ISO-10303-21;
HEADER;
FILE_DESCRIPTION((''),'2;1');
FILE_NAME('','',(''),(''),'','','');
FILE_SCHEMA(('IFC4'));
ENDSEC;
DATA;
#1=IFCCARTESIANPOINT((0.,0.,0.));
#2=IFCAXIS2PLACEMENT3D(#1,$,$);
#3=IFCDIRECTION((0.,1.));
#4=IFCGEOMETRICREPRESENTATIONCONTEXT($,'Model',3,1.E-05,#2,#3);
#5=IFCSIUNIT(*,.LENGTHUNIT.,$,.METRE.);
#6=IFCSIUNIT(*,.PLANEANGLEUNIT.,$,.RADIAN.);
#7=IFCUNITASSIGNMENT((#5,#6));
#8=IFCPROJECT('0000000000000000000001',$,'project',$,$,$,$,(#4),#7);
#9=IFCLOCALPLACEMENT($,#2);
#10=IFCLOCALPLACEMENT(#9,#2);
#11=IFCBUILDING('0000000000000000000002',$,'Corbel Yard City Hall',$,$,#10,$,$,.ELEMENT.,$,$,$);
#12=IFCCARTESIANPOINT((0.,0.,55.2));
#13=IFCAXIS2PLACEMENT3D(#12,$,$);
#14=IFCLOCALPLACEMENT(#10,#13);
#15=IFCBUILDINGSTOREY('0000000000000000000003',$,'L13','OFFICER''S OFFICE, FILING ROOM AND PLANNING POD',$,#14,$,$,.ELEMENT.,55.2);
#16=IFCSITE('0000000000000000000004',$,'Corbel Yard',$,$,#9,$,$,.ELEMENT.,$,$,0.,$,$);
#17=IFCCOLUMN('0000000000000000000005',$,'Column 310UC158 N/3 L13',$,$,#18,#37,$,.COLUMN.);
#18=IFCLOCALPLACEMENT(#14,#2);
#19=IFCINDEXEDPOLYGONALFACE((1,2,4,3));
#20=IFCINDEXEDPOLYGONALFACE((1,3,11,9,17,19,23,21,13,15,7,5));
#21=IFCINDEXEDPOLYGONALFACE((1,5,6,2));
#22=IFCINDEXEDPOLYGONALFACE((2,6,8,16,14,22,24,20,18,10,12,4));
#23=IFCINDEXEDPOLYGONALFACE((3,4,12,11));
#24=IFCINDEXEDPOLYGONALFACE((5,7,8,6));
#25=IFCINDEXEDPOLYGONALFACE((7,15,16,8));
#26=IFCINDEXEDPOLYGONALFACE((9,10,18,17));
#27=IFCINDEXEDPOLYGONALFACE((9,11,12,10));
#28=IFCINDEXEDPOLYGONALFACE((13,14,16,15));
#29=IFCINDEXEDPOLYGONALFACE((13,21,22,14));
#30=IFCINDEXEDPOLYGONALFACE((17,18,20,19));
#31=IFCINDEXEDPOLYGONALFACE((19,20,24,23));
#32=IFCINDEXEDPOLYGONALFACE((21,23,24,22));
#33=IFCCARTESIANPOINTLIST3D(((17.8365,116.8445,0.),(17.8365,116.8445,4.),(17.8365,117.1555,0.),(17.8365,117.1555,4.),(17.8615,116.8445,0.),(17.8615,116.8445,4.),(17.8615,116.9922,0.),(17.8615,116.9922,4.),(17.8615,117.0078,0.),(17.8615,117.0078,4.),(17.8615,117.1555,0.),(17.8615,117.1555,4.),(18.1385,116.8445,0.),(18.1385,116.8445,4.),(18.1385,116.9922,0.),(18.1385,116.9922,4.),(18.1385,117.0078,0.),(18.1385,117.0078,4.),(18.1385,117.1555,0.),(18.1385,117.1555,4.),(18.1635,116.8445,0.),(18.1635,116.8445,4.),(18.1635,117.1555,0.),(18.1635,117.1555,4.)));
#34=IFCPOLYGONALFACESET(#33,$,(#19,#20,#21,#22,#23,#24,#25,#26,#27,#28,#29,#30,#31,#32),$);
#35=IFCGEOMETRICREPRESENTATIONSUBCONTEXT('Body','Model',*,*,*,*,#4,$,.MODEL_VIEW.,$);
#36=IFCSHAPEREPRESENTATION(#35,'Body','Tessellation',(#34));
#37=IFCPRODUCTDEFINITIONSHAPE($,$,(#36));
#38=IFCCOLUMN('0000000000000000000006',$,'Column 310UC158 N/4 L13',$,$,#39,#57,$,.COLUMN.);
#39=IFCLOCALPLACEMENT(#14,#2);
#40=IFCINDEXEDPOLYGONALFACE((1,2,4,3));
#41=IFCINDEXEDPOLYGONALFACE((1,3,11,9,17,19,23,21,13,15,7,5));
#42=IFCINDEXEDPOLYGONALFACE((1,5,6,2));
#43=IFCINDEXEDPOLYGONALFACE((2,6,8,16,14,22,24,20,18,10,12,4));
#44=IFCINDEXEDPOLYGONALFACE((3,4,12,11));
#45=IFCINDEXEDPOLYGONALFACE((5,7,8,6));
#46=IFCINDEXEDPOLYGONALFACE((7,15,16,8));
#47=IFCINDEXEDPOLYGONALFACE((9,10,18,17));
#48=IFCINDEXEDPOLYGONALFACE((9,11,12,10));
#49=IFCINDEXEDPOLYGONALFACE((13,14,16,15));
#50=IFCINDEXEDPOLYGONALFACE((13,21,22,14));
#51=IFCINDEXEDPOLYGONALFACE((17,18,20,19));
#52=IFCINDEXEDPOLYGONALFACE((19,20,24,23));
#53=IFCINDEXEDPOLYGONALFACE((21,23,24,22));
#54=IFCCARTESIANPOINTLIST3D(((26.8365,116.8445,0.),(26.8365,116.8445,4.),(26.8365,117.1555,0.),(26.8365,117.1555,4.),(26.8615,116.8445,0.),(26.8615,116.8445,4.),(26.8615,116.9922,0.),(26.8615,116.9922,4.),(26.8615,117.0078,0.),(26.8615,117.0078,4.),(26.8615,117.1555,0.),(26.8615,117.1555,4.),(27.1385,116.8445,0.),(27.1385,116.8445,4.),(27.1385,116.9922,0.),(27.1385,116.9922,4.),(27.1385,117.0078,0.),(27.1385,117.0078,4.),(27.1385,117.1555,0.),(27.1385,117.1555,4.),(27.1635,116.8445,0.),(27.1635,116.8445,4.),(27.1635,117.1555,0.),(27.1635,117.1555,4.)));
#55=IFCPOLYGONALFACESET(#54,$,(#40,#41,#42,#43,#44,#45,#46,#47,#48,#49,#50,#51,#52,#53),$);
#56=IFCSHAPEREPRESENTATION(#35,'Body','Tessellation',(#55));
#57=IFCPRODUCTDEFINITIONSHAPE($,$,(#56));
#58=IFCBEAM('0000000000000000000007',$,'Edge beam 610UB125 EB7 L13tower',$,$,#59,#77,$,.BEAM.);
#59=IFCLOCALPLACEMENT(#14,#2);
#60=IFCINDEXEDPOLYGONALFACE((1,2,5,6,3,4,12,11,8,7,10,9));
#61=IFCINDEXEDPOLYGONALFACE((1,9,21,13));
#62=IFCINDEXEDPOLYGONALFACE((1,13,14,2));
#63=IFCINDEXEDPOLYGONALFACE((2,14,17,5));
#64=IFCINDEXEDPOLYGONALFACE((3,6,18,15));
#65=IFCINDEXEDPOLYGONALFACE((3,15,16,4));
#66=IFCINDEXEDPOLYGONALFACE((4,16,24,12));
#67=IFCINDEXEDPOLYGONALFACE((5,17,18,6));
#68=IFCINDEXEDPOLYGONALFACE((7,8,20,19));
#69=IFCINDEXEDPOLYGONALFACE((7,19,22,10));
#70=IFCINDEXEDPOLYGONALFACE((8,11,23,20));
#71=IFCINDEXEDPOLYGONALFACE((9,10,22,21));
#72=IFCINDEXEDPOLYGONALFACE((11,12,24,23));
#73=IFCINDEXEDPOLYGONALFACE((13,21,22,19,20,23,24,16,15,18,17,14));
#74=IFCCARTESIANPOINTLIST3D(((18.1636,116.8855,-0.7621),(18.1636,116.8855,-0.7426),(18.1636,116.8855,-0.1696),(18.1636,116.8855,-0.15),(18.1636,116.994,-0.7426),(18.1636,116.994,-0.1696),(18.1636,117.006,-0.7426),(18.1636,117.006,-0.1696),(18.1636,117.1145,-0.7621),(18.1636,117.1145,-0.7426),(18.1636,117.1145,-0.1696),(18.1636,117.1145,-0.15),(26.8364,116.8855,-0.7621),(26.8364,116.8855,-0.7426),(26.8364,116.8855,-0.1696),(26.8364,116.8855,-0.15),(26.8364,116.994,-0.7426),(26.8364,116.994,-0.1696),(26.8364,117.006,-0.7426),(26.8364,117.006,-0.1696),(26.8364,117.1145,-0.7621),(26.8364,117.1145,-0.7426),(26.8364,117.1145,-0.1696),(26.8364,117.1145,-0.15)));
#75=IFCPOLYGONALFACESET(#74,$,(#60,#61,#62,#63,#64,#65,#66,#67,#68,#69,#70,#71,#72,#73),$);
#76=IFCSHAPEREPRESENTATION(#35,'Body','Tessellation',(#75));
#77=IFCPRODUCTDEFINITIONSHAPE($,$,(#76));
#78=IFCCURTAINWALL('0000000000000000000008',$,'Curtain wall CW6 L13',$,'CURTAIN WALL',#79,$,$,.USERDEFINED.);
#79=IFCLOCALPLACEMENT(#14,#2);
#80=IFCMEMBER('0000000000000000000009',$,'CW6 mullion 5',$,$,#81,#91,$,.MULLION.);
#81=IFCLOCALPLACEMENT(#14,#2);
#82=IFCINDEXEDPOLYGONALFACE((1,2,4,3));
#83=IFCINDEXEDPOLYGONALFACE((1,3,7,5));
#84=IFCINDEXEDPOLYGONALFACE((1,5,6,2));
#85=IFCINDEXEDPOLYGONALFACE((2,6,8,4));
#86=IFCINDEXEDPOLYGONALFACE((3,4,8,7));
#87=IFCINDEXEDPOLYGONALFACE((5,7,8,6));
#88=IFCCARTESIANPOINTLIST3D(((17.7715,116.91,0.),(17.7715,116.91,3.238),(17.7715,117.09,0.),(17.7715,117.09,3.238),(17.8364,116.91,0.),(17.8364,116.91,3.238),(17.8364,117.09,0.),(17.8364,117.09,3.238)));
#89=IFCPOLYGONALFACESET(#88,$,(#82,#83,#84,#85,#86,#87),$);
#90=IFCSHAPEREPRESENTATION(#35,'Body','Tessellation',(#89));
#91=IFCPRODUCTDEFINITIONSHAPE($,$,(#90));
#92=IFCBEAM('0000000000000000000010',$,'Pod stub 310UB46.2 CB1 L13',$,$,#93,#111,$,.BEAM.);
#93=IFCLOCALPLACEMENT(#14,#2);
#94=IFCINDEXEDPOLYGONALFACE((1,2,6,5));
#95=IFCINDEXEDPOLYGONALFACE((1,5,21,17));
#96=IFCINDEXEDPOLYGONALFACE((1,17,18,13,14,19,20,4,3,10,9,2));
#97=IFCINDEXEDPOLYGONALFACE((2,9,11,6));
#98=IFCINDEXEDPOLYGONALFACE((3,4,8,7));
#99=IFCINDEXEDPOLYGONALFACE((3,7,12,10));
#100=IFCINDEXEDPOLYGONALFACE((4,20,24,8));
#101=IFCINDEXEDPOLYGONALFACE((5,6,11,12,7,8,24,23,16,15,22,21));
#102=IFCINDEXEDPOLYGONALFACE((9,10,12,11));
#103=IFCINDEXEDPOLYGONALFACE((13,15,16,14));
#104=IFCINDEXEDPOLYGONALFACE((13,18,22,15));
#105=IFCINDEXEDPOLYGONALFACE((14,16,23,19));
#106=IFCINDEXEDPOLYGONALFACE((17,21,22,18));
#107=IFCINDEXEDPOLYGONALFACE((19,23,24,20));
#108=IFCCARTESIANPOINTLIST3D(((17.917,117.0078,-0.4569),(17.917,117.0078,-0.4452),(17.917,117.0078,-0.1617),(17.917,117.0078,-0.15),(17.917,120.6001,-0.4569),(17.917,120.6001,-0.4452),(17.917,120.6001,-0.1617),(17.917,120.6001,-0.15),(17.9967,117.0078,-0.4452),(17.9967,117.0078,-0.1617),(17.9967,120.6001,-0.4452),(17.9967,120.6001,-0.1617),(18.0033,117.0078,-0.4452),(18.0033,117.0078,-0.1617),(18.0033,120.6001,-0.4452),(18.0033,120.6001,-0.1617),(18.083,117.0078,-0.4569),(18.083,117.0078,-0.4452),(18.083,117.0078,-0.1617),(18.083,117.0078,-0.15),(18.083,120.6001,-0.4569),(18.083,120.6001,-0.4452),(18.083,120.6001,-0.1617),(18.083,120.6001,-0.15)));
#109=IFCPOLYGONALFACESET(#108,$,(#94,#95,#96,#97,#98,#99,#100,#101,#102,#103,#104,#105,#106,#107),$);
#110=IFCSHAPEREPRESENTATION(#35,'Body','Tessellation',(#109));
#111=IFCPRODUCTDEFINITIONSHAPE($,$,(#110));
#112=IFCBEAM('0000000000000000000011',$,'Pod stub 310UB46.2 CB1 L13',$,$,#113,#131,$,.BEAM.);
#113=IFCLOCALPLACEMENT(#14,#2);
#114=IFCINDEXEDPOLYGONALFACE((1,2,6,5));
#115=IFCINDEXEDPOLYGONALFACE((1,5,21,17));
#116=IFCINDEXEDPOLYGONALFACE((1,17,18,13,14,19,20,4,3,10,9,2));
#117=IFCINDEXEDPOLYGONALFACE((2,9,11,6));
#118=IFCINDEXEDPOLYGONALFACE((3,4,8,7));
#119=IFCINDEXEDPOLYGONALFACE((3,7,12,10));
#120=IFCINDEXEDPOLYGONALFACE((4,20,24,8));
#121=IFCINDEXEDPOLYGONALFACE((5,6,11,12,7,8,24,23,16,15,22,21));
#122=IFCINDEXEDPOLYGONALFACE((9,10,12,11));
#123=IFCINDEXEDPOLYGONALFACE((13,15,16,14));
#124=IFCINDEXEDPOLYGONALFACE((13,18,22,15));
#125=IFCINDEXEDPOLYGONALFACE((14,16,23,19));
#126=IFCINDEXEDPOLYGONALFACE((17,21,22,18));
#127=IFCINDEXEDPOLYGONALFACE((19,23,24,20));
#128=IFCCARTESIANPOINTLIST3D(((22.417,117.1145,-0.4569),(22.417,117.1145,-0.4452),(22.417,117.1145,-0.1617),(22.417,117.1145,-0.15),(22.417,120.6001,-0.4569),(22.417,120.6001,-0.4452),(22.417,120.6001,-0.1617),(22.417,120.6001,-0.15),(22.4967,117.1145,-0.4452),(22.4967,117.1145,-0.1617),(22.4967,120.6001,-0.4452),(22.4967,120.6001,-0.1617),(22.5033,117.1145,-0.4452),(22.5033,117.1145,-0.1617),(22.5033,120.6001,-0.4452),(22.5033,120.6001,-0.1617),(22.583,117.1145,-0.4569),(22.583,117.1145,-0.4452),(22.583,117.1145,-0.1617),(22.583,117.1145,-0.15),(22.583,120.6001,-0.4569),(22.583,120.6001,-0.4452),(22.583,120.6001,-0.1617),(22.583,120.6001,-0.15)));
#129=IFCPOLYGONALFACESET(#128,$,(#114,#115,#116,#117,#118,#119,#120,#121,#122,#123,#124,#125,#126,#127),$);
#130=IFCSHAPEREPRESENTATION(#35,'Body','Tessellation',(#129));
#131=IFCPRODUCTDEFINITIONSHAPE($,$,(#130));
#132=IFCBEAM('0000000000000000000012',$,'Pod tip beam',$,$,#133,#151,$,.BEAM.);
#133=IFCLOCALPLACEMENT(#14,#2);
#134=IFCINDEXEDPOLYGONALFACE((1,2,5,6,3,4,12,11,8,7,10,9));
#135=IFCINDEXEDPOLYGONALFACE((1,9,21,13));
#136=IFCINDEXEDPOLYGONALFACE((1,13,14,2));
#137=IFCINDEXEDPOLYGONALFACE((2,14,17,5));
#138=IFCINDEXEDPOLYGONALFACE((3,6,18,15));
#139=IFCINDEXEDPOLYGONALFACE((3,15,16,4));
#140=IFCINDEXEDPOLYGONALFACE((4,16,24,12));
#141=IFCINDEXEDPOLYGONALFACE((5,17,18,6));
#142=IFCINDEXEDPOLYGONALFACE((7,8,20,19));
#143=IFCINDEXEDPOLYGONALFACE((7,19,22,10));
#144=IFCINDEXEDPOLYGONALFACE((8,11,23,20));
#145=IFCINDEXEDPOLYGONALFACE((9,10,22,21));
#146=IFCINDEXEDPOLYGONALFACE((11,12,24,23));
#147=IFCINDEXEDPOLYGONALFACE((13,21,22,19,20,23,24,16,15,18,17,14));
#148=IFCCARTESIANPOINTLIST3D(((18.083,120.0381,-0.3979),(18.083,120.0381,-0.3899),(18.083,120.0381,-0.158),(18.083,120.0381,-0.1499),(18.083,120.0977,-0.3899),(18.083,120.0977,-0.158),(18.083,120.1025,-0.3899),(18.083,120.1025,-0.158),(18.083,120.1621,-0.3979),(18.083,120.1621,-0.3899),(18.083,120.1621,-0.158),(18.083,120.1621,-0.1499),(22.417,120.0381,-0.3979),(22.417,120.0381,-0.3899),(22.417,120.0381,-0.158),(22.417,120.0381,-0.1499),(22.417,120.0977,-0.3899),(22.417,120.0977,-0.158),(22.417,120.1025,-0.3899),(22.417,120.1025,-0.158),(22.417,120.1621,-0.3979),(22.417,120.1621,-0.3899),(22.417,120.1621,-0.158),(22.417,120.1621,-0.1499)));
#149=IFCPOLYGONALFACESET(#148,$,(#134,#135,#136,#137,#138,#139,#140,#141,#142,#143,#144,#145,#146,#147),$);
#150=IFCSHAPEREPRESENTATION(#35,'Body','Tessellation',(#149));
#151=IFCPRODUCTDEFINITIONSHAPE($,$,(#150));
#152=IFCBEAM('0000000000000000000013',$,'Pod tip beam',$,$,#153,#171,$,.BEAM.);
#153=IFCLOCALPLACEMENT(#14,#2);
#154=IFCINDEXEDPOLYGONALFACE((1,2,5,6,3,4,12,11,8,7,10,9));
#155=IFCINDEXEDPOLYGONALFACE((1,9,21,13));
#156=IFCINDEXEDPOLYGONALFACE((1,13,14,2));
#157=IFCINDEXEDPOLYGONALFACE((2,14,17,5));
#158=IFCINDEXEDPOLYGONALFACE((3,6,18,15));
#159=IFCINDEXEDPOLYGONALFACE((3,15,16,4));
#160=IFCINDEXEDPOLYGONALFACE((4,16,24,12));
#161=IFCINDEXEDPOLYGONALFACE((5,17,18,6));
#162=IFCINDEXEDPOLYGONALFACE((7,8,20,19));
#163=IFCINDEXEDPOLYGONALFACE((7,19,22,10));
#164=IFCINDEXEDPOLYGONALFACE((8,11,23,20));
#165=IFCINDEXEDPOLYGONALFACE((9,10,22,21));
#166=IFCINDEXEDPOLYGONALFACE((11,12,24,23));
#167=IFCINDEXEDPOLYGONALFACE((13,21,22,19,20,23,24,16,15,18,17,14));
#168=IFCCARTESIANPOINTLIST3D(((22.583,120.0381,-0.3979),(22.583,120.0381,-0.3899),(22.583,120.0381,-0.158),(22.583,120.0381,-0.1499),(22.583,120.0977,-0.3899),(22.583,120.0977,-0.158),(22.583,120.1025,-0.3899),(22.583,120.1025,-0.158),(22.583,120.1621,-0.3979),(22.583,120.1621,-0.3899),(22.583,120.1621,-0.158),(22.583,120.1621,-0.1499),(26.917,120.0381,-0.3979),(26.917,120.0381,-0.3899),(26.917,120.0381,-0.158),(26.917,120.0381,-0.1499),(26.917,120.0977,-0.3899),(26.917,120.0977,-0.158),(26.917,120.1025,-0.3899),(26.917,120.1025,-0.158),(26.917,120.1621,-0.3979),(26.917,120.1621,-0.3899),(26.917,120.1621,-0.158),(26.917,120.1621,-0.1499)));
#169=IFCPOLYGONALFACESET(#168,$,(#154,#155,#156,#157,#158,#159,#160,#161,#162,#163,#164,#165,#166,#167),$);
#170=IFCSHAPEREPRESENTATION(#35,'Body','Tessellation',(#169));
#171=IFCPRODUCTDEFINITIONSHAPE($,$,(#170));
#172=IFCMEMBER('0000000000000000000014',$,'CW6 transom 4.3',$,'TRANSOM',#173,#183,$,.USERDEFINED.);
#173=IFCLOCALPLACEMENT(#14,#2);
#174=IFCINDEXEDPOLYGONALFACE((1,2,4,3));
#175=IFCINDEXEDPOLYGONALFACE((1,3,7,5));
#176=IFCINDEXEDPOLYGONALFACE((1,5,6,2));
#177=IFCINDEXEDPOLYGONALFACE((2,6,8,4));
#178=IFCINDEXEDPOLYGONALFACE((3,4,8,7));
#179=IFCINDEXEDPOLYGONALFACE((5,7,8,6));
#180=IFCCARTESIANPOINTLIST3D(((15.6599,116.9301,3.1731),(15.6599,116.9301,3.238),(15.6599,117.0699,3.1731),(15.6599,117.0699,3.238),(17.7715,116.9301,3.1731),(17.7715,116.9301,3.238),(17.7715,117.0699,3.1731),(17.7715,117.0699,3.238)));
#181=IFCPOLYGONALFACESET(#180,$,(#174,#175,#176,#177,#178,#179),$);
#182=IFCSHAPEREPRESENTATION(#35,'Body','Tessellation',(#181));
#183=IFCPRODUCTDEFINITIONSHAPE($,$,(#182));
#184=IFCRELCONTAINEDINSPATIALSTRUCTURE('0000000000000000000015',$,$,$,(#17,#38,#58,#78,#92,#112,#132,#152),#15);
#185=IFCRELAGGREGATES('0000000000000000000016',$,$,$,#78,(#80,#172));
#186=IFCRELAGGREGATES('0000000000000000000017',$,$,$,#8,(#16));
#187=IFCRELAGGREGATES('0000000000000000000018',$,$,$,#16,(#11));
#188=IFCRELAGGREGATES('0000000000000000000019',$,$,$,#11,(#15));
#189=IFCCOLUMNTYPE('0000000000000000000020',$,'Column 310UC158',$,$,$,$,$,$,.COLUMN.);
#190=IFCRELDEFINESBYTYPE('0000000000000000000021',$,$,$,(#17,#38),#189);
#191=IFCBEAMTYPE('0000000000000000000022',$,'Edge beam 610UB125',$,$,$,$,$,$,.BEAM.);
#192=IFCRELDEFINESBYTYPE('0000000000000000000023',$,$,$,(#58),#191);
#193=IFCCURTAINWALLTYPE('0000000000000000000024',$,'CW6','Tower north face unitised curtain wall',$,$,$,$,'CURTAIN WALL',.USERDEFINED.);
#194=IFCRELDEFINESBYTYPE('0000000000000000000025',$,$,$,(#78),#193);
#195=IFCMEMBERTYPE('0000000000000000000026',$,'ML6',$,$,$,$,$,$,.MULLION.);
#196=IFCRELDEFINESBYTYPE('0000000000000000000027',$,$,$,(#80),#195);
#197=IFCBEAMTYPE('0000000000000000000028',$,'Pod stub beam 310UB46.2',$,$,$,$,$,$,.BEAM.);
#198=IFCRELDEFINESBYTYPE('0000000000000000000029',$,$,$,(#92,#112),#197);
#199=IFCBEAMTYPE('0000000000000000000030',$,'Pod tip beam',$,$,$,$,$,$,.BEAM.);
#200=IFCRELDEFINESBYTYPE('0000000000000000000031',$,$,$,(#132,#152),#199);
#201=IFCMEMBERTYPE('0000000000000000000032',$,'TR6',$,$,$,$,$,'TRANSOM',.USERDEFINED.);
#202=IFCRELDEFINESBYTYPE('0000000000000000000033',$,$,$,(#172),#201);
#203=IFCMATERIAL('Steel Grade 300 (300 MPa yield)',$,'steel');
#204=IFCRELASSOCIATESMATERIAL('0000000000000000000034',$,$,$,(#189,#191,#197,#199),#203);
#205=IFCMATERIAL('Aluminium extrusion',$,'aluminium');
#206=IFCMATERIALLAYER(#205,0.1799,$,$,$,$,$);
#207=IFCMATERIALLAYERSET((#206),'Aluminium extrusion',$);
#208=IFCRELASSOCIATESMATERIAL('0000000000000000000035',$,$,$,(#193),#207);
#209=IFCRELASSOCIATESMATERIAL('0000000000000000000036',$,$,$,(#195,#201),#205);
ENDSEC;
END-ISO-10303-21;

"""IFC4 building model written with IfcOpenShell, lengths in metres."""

from ifc_helpers import new_model, si_unit, direction, frame, origin, origin_2d, place, context, subcontext, project, spatial, rectangle, i_section, extrude, material, layer, layer_set, material_profile, profile_set, type_object, element, aggregate, save


model = new_model("IFC4")

# Units and contexts
model_context = context("Model", 3, precision=1e-05, world=origin(), true_north=direction((0.0, 1.0)))
body_context = subcontext(model_context, "Body", "Model", "MODEL_VIEW")
ifc_project = project(units=[si_unit("LENGTHUNIT", "METRE"), si_unit("PLANEANGLEUNIT", "RADIAN")], contexts=[model_context])

# Site, building, storey
site_placement = place(None, origin())
site = spatial("IfcSite", under=ifc_project, at=site_placement, Name="Corbel Yard", CompositionType="ELEMENT", RefElevation=0.0)
building_placement = place(site_placement, origin())
building = spatial("IfcBuilding", under=site, at=building_placement, Name="Corbel Yard City Hall", CompositionType="ELEMENT")
storey_placement = place(building_placement, frame((0.0, 0.0, 55.2)))
storey = spatial("IfcBuildingStorey", under=building, at=storey_placement, Name="L13", Description="OFFICER'S OFFICE, FILING ROOM AND PLANNING POD", CompositionType="ELEMENT", Elevation=55.2)

# Columns
ifc_material_1 = material(Name="Steel Grade 300 (300 MPa yield)", Category="steel")
ifc_material_profile_1 = material_profile(ifc_material_1, i_section(OverallWidth=0.311, OverallDepth=0.3269, WebThickness=0.0156, FlangeThickness=0.0249, at=origin_2d()), Name="310UC158")
ifc_profile_set_1 = profile_set([ifc_material_profile_1], Name="Steel Grade 300 (300 MPa yield)")
column_type = type_object("IfcColumnType", Name="Column 310UC158", PredefinedType="COLUMN", material=ifc_profile_set_1)
for number, where, z_axis, x_axis, name in (
    (1, (18.0, 117.0, 0.0), (0.0, 0.0, 1.0), (0.0, 1.0, 0.0), "Column 310UC158 N/3 L13"),
    (2, (27.0, 117.0, 0.0), (0.0, 0.0, 1.0), (0.0, 1.0, 0.0), "Column 310UC158 N/4 L13"),
):
    element("IfcColumn", number, at=place(storey_placement, frame(where, z_axis=z_axis, x_axis=x_axis)), inside=storey, type_object=column_type, Name=name, PredefinedType="COLUMN", context=body_context, shape_type="SweptSolid", body=[
        extrude(i_section(OverallWidth=0.311, OverallDepth=0.3269, WebThickness=0.0156, FlangeThickness=0.0249, at=origin_2d()), origin(), (0.0, 0.0, 1.0), 4.0),
    ])

# Beam
ifc_material_profile_2 = material_profile(ifc_material_1, i_section(OverallWidth=0.229, OverallDepth=0.6121, WebThickness=0.012, FlangeThickness=0.0195, at=origin_2d()), Name="610UB125")
ifc_profile_set_2 = profile_set([ifc_material_profile_2], Name="Steel Grade 300 (300 MPa yield)")
beam_type_1 = type_object("IfcBeamType", Name="Edge beam 610UB125", PredefinedType="BEAM", material=ifc_profile_set_2)
beam_1_placement = place(storey_placement, frame((18.1636, 117.0, -0.4561), z_axis=(1.0, 0.0, 0.0), x_axis=(0.0, 1.0, 0.0)))
element("IfcBeam", 3, at=beam_1_placement, inside=storey, type_object=beam_type_1, Name="Edge beam 610UB125 EB7 L13tower", PredefinedType="BEAM", context=body_context, shape_type="SweptSolid", body=[
    extrude(i_section(OverallWidth=0.229, OverallDepth=0.6121, WebThickness=0.012, FlangeThickness=0.0195, at=origin_2d()), origin(), (0.0, 0.0, 1.0), 8.6729),
])

# Curtain wall, member
ifc_material_2 = material(Name="Aluminium extrusion", Category="aluminium")
ifc_layer_1 = layer(ifc_material_2, 0.1799)
ifc_layer_set_1 = layer_set([ifc_layer_1], Name="Aluminium extrusion")
curtain_wall_type = type_object("IfcCurtainWallType", Name="CW6", Description="Tower north face unitised curtain wall", ElementType="CURTAIN WALL", PredefinedType="USERDEFINED", material=ifc_layer_set_1)
curtain_wall_placement = place(storey_placement, origin())
curtain_wall = element("IfcCurtainWall", 4, at=curtain_wall_placement, inside=storey, type_object=curtain_wall_type, Name="Curtain wall CW6 L13", ObjectType="CURTAIN WALL", PredefinedType="USERDEFINED")
ifc_material_profile_3 = material_profile(ifc_material_2, rectangle(XDim=0.1799, YDim=0.0649, at=origin_2d()), Name="180x65")
ifc_profile_set_3 = profile_set([ifc_material_profile_3], Name="Aluminium extrusion")
member_type_1 = type_object("IfcMemberType", Name="ML6", PredefinedType="MULLION", material=ifc_profile_set_3)
member_1_placement = place(storey_placement, frame((17.804, 117.0, 0.0), z_axis=(0.0, 0.0, 1.0), x_axis=(0.0, 1.0, 0.0)))
member_1 = element("IfcMember", 5, at=member_1_placement, type_object=member_type_1, Name="CW6 mullion 5", PredefinedType="MULLION", context=body_context, shape_type="SweptSolid", body=[
    extrude(rectangle(XDim=0.1799, YDim=0.0649, at=origin_2d()), origin(), (0.0, 0.0, 1.0), 3.238),
])

# Beams
ifc_material_profile_4 = material_profile(ifc_material_1, i_section(OverallWidth=0.166, OverallDepth=0.3069, WebThickness=0.0066, FlangeThickness=0.0117, at=origin_2d()), Name="310UB46.2")
ifc_profile_set_4 = profile_set([ifc_material_profile_4], Name="Steel Grade 300 (300 MPa yield)")
beam_type_2 = type_object("IfcBeamType", Name="Pod stub beam 310UB46.2", PredefinedType="BEAM", material=ifc_profile_set_4)
beam_2_placement = place(storey_placement, frame((18.0, 117.0078, -0.3035), z_axis=(0.0, 1.0, 0.0), x_axis=(-1.0, 0.0, 0.0)))
element("IfcBeam", 6, at=beam_2_placement, inside=storey, type_object=beam_type_2, Name="Pod stub 310UB46.2 CB1 L13", PredefinedType="BEAM", context=body_context, shape_type="SweptSolid", body=[
    extrude(i_section(OverallWidth=0.166, OverallDepth=0.3069, WebThickness=0.0066, FlangeThickness=0.0117, at=origin_2d()), origin(), (0.0, 0.0, 1.0), 3.5923),
])
beam_3_placement = place(storey_placement, frame((22.5, 117.1145, -0.3035), z_axis=(0.0, 1.0, 0.0), x_axis=(-1.0, 0.0, 0.0)))
element("IfcBeam", 7, at=beam_3_placement, inside=storey, type_object=beam_type_2, Name="Pod stub 310UB46.2 CB1 L13", PredefinedType="BEAM", context=body_context, shape_type="SweptSolid", body=[
    extrude(i_section(OverallWidth=0.166, OverallDepth=0.3069, WebThickness=0.0066, FlangeThickness=0.0117, at=origin_2d()), origin(), (0.0, 0.0, 1.0), 3.4856),
])
ifc_material_profile_5 = material_profile(ifc_material_1, i_section(OverallWidth=0.124, OverallDepth=0.248, WebThickness=0.0049, FlangeThickness=0.0081, at=origin_2d()), Name="250UB25.7")
ifc_profile_set_5 = profile_set([ifc_material_profile_5], Name="Steel Grade 300 (300 MPa yield)")
beam_type_3 = type_object("IfcBeamType", Name="Pod tip beam", PredefinedType="BEAM", material=ifc_profile_set_5)
for number, where, z_axis, x_axis, name in (
    (8, (18.083, 120.1001, -0.2739), (1.0, 0.0, 0.0), (0.0, 1.0, 0.0), "Pod tip beam"),
    (9, (22.583, 120.1001, -0.2739), (1.0, 0.0, 0.0), (0.0, 1.0, 0.0), "Pod tip beam"),
):
    element("IfcBeam", number, at=place(storey_placement, frame(where, z_axis=z_axis, x_axis=x_axis)), inside=storey, type_object=beam_type_3, Name=name, PredefinedType="BEAM", context=body_context, shape_type="SweptSolid", body=[
        extrude(i_section(OverallWidth=0.124, OverallDepth=0.248, WebThickness=0.0049, FlangeThickness=0.0081, at=origin_2d()), origin(), (0.0, 0.0, 1.0), 4.334),
    ])

# Member
ifc_material_profile_6 = material_profile(ifc_material_2, rectangle(XDim=0.1399, YDim=0.0649, at=origin_2d()), Name="140x65")
ifc_profile_set_6 = profile_set([ifc_material_profile_6], Name="Aluminium extrusion")
member_type_2 = type_object("IfcMemberType", Name="TR6", ElementType="TRANSOM", PredefinedType="USERDEFINED", material=ifc_profile_set_6)
member_2_placement = place(storey_placement, frame((15.6599, 117.0, 3.2056), z_axis=(1.0, 0.0, 0.0), x_axis=(0.0, 1.0, 0.0)))
member_2 = element("IfcMember", 10, at=member_2_placement, type_object=member_type_2, Name="CW6 transom 4.3", ObjectType="TRANSOM", PredefinedType="USERDEFINED", context=body_context, shape_type="SweptSolid", body=[
    extrude(rectangle(XDim=0.1399, YDim=0.0649, at=origin_2d()), origin(), (0.0, 0.0, 1.0), 2.1116),
])

aggregate(curtain_wall, [member_1, member_2])

save(model, "model.ifc")
